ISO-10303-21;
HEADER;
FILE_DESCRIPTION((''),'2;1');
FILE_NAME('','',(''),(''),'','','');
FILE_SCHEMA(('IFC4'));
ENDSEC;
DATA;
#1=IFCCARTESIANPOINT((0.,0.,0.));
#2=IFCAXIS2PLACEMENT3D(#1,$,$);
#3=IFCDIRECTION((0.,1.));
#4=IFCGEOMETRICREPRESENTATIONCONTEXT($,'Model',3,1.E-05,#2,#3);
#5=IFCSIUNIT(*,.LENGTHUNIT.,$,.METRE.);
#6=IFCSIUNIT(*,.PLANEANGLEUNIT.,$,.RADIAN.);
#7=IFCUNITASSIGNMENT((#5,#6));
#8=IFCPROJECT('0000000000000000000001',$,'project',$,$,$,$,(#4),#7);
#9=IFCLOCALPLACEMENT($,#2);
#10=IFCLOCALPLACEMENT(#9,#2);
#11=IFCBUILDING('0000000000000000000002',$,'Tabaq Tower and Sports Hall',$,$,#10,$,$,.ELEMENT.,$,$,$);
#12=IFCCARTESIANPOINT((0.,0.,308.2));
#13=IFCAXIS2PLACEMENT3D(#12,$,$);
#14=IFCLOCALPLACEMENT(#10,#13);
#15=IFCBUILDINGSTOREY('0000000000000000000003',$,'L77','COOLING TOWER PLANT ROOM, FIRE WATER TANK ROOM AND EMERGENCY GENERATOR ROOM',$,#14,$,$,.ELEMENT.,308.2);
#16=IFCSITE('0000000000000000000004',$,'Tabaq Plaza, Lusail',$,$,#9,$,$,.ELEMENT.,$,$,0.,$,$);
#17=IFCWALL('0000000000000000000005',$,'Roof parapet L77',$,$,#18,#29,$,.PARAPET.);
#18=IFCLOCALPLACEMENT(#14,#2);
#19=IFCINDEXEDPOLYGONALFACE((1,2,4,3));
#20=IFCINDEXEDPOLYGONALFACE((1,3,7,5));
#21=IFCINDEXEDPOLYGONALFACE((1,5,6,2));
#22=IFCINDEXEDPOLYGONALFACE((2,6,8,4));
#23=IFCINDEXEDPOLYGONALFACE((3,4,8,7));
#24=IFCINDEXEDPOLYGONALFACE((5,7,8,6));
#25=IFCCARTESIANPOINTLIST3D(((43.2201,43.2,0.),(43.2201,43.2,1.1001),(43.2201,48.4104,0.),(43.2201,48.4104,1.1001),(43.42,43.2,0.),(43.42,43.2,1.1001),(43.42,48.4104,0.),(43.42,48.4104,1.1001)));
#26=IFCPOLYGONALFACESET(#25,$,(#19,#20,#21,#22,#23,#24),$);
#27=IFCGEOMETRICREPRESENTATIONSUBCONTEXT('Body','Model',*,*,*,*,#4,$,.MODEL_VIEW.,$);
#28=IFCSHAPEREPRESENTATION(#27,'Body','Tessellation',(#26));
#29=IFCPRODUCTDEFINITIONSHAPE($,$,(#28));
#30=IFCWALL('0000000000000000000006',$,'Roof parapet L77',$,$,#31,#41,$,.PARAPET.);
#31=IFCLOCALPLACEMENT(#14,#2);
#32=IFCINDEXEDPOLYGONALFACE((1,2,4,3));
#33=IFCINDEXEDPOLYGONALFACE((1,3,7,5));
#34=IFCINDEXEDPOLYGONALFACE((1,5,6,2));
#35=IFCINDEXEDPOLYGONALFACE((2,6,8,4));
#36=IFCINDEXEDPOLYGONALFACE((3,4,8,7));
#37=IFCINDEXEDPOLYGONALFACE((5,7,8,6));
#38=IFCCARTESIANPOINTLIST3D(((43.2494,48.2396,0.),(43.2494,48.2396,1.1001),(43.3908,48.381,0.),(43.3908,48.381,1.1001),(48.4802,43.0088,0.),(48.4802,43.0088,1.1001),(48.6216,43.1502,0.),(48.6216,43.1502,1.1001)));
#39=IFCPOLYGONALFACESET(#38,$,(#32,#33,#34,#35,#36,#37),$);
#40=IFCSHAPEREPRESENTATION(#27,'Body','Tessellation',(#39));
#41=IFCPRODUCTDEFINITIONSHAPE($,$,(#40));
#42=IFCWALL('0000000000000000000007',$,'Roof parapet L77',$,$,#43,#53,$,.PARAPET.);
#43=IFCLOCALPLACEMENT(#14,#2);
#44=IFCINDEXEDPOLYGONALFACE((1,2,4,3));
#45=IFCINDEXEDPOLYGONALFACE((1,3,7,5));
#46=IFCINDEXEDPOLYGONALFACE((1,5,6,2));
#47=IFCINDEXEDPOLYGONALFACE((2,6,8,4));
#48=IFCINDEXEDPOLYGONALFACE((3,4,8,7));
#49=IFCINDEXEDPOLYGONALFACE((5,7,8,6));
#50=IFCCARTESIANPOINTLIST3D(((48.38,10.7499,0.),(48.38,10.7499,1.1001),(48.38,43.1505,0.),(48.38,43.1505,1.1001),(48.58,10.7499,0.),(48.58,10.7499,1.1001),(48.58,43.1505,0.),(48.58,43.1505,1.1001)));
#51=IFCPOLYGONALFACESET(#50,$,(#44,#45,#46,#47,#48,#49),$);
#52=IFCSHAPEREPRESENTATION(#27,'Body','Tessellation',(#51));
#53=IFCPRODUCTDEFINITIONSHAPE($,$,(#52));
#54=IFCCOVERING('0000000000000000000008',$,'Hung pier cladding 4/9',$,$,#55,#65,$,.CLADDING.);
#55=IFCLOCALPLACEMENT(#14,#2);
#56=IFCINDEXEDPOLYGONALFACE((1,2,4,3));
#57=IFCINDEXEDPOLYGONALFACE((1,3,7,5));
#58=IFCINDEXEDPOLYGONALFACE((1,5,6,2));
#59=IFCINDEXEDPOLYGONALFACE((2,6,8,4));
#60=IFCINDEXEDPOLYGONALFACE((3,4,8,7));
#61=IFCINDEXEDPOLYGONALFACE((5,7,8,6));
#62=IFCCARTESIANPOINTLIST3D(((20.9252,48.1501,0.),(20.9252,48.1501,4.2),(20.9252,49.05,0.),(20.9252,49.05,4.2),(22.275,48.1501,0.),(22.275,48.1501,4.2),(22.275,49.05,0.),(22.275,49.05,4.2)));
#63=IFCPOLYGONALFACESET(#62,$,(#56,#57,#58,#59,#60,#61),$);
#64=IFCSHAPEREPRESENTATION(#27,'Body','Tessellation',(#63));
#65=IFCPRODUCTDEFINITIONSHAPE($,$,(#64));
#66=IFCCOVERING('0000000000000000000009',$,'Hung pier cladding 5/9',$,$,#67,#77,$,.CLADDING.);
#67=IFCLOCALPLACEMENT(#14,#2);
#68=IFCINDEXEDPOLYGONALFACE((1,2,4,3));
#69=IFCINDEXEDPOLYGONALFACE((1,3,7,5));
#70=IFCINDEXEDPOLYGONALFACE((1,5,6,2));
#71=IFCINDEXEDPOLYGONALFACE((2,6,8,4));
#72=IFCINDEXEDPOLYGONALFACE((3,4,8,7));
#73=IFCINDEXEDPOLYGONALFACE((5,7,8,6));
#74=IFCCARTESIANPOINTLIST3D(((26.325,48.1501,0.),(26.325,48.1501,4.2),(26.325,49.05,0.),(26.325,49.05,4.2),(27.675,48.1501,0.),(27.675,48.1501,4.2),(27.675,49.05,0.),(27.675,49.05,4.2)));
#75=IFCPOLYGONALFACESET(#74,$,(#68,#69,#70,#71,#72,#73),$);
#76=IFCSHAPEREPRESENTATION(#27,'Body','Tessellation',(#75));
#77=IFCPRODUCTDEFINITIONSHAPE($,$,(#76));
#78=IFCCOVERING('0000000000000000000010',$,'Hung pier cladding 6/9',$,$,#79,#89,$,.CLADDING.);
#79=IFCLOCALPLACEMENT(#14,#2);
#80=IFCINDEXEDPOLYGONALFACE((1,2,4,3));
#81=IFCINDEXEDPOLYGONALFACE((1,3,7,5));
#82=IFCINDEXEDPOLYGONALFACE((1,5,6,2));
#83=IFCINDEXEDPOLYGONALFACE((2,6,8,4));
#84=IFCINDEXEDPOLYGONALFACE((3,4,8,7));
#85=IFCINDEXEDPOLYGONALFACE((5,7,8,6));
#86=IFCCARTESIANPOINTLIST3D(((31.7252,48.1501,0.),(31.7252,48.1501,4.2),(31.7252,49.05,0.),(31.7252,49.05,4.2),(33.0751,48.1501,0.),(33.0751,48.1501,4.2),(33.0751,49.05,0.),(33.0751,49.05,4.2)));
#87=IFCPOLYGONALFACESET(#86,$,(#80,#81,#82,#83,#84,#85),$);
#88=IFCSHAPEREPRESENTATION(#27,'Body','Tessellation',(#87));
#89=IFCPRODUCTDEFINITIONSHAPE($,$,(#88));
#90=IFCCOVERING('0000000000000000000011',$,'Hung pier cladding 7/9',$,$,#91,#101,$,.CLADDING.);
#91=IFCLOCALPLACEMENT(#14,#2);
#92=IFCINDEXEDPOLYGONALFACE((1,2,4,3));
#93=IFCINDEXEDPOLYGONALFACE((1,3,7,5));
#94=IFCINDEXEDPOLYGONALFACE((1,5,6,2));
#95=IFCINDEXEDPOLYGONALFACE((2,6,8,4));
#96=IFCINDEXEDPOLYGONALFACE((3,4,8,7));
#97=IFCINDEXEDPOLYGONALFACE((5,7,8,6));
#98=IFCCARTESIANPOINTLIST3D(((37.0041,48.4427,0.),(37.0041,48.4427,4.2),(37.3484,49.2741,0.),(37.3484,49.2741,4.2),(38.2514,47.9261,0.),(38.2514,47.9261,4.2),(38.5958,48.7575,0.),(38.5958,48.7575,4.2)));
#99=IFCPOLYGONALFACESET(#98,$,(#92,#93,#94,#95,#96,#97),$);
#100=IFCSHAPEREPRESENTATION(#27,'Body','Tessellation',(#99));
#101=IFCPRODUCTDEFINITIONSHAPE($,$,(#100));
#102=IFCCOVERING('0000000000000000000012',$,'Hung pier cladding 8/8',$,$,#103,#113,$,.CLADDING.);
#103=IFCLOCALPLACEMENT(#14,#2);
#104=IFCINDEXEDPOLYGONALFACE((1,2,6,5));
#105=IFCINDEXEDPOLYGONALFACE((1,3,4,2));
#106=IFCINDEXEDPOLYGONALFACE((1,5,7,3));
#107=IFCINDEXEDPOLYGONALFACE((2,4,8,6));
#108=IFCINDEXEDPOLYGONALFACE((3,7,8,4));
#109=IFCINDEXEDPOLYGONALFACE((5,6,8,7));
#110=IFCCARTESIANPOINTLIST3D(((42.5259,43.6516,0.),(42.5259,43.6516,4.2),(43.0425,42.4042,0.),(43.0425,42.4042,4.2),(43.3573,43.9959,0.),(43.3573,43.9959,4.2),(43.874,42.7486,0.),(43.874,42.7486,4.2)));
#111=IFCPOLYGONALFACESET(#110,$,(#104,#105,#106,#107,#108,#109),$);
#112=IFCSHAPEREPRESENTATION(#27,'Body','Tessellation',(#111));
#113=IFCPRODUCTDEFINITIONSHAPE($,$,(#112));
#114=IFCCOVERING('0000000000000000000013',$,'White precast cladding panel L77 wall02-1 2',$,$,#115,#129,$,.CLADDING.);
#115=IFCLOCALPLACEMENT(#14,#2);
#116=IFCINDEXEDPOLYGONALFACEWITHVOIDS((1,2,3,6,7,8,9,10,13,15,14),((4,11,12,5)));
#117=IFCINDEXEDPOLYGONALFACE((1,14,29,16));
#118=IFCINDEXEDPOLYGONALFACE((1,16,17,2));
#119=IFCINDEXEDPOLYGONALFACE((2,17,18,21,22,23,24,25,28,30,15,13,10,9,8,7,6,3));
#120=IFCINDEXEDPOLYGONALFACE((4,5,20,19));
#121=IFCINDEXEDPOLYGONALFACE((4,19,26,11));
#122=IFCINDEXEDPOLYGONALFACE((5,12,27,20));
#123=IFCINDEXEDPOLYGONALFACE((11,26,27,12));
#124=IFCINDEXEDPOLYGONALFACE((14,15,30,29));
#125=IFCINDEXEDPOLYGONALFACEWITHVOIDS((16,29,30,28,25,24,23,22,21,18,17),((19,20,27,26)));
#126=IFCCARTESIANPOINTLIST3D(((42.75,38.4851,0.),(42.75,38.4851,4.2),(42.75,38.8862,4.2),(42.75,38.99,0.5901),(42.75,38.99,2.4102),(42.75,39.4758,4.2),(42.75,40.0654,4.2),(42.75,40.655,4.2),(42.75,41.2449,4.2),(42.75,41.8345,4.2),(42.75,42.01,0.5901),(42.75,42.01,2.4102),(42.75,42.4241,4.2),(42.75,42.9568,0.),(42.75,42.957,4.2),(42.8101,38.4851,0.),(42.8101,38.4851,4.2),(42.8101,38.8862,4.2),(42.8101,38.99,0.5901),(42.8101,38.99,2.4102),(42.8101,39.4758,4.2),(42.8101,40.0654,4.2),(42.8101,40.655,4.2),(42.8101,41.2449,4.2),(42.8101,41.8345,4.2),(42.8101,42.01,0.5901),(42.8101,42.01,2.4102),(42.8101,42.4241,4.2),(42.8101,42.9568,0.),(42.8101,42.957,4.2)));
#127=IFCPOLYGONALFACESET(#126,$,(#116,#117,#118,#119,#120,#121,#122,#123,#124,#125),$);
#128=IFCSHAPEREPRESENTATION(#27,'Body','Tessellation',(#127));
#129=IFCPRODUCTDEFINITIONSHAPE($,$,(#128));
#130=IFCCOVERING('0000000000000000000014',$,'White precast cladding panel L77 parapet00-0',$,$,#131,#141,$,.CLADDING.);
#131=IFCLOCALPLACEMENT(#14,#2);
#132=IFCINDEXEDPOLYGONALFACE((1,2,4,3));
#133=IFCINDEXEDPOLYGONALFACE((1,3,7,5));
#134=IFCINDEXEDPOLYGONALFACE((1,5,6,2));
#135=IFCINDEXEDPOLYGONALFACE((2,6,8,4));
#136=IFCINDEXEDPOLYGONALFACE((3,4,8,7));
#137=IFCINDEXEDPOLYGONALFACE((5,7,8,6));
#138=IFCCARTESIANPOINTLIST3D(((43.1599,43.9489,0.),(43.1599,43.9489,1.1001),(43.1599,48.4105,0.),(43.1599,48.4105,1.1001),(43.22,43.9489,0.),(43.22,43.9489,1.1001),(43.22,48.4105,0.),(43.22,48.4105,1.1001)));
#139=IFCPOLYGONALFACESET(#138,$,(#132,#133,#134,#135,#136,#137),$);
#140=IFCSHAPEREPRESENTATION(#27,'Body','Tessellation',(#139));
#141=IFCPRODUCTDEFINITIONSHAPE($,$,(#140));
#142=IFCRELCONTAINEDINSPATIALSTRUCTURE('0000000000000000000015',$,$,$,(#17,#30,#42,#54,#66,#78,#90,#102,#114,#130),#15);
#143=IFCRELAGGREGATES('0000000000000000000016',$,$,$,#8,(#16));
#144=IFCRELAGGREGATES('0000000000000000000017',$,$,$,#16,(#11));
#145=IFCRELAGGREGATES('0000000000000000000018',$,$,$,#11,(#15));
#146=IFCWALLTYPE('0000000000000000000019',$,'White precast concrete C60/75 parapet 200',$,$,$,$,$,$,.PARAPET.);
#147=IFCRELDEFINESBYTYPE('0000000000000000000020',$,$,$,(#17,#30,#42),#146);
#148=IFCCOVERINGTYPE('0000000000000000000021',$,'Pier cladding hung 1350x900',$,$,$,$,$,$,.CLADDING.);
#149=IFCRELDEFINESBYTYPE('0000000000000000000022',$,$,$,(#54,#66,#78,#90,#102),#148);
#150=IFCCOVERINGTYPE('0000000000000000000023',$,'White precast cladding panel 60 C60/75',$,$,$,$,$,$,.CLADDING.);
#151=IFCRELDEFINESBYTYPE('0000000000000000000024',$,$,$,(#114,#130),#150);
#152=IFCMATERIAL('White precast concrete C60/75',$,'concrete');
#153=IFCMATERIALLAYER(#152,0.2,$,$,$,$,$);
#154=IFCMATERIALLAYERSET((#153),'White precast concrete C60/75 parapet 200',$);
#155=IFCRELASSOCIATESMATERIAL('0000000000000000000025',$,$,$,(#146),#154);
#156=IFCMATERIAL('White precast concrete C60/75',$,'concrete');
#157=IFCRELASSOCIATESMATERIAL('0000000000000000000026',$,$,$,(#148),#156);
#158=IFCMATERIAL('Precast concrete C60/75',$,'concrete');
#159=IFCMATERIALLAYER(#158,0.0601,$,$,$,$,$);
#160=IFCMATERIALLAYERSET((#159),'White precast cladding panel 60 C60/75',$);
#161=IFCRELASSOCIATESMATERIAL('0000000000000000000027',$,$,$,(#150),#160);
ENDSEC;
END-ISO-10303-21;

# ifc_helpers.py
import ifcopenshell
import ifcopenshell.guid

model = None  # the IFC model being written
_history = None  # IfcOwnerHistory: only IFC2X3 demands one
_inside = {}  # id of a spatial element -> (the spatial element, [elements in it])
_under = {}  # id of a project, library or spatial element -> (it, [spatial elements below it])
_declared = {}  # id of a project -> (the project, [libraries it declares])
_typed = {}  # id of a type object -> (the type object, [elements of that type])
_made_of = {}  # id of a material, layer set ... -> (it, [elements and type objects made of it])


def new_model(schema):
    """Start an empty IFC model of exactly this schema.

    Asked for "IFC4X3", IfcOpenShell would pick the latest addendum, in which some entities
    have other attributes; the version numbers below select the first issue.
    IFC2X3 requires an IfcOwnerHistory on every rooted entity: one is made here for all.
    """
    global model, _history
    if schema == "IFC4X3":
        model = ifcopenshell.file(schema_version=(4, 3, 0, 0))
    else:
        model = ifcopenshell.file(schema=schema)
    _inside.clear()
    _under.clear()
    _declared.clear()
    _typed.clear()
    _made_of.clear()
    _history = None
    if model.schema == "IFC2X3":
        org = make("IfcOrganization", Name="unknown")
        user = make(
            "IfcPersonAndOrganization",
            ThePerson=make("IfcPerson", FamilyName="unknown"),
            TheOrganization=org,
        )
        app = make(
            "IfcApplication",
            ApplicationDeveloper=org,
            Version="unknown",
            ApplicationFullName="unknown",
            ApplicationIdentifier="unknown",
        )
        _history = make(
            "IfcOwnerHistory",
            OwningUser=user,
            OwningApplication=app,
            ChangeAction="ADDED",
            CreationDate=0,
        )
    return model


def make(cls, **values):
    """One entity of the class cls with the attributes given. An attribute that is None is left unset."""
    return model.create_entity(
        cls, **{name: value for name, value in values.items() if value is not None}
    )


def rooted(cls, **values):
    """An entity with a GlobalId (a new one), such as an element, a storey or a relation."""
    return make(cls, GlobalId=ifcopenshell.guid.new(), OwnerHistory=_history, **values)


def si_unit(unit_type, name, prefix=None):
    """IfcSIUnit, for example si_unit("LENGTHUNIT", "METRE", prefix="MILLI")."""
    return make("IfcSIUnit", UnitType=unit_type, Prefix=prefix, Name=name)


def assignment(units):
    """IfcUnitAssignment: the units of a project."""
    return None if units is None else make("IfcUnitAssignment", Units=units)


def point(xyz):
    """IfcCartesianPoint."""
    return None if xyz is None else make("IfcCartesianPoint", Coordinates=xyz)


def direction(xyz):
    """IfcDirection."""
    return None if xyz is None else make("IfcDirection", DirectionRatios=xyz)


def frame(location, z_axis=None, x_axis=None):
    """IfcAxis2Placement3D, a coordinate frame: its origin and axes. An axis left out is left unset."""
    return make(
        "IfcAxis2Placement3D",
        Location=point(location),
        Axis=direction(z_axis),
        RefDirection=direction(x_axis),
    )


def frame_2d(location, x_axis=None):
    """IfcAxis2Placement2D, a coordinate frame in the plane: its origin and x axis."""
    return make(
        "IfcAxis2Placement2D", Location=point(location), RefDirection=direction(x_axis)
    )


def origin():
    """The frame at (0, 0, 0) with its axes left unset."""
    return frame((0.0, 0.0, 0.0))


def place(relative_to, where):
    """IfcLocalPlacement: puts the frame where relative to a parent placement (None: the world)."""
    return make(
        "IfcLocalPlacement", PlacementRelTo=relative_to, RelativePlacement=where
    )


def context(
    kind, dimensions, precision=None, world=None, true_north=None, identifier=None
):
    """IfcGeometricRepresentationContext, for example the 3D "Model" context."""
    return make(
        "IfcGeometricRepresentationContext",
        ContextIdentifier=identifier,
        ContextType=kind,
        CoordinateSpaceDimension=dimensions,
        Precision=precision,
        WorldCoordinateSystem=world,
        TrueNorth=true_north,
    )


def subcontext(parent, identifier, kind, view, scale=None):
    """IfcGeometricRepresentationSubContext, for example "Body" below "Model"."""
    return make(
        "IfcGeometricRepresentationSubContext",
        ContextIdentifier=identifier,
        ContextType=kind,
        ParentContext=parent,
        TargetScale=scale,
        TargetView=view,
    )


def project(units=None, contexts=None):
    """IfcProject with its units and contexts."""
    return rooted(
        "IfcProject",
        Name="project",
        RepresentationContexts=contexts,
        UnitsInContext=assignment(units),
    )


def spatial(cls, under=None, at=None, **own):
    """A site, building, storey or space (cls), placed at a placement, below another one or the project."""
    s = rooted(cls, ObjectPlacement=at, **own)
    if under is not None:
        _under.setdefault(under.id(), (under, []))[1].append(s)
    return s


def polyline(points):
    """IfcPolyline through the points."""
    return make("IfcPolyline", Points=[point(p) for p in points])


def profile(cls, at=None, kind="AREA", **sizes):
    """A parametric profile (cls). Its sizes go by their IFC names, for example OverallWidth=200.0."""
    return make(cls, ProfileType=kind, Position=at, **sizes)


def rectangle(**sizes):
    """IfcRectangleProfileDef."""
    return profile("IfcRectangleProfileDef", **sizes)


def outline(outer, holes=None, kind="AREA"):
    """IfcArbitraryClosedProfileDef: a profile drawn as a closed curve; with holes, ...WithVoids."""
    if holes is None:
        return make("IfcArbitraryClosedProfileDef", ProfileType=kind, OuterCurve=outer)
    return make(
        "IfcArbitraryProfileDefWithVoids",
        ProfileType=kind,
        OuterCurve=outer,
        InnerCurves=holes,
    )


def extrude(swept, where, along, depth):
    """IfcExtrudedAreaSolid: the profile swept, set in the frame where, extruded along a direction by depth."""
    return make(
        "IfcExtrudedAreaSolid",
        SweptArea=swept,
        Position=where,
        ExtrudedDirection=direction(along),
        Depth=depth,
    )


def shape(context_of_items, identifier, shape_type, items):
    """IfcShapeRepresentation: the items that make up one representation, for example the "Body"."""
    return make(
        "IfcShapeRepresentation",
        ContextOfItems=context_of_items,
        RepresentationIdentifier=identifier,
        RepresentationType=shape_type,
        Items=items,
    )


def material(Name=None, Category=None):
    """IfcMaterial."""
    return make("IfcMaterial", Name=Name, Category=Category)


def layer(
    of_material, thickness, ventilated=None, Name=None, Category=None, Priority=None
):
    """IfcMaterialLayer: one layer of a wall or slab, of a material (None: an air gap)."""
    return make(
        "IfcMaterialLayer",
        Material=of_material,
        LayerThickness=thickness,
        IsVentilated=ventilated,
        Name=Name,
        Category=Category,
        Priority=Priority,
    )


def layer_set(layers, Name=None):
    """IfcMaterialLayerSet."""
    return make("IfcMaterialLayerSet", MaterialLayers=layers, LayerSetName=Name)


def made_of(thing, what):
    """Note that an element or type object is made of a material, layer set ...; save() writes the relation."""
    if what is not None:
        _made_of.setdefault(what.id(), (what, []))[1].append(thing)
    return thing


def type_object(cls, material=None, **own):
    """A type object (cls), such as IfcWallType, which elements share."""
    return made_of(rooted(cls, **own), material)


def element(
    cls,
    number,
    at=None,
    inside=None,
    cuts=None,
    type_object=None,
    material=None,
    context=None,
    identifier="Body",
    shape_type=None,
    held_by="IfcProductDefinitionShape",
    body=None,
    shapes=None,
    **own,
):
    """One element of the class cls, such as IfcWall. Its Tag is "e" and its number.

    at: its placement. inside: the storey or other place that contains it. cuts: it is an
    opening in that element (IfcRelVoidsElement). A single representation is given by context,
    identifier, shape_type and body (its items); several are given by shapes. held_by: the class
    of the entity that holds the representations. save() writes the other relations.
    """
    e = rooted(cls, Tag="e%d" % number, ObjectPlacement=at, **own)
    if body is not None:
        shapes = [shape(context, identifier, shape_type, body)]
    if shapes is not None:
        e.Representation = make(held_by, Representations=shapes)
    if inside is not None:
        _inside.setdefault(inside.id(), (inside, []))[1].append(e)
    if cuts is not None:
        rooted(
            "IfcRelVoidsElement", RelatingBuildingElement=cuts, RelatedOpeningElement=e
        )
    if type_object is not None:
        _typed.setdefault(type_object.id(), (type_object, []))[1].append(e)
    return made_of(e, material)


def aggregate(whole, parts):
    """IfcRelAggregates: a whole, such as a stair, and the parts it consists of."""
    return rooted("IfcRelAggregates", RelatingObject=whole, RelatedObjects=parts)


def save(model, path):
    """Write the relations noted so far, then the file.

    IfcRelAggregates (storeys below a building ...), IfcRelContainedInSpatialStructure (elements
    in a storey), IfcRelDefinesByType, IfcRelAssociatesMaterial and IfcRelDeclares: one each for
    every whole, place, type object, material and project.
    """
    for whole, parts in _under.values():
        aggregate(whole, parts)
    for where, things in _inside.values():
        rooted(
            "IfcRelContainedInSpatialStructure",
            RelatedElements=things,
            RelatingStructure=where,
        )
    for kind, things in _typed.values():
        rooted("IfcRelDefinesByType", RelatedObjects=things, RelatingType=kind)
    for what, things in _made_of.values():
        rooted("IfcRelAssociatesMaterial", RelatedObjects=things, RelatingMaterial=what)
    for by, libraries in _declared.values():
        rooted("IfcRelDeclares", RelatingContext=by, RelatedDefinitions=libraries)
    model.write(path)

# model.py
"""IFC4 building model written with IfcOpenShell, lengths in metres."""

from ifc_helpers import new_model, si_unit, direction, frame, frame_2d, origin, place, context, subcontext, project, spatial, polyline, rectangle, outline, extrude, material, layer, layer_set, type_object, element, save


model = new_model("IFC4")

# Units and contexts
model_context = context("Model", 3, precision=1e-05, world=origin(), true_north=direction((0.0, 1.0)))
body_context = subcontext(model_context, "Body", "Model", "MODEL_VIEW")
ifc_project = project(units=[si_unit("LENGTHUNIT", "METRE"), si_unit("PLANEANGLEUNIT", "RADIAN")], contexts=[model_context])

# Site, building, storey
site_placement = place(None, origin())
site = spatial("IfcSite", under=ifc_project, at=site_placement, Name="Tabaq Plaza, Lusail", CompositionType="ELEMENT", RefElevation=0.0)
building_placement = place(site_placement, origin())
building = spatial("IfcBuilding", under=site, at=building_placement, Name="Tabaq Tower and Sports Hall", CompositionType="ELEMENT")
storey_placement = place(building_placement, frame((0.0, 0.0, 308.2)))
storey = spatial("IfcBuildingStorey", under=building, at=storey_placement, Name="L77", Description="COOLING TOWER PLANT ROOM, FIRE WATER TANK ROOM AND EMERGENCY GENERATOR ROOM", CompositionType="ELEMENT", Elevation=308.2)

# Walls
ifc_material_1 = material(Name="White precast concrete C60/75", Category="concrete")
ifc_layer_1 = layer(ifc_material_1, 0.2)
ifc_layer_set_1 = layer_set([ifc_layer_1], Name="White precast concrete C60/75 parapet 200")
wall_type_1 = type_object("IfcWallType", Name="White precast concrete C60/75 parapet 200", PredefinedType="PARAPET", material=ifc_layer_set_1)
wall_1_placement = place(storey_placement, frame((43.3201, 43.2, 0.0), z_axis=(0.0, 0.0, 1.0), x_axis=(0.0, 1.0, 0.0)))
element("IfcWall", 1, at=wall_1_placement, inside=storey, type_object=wall_type_1, Name="Roof parapet L77", PredefinedType="PARAPET", context=body_context, shape_type="SweptSolid", body=[
    extrude(rectangle(XDim=5.2104, YDim=0.2, at=frame_2d((2.6052, 0.0))), origin(), (0.0, 0.0, 1.0), 1.1001),
])
wall_2_placement = place(storey_placement, frame((43.3201, 48.3103, 0.0), z_axis=(0.0, 0.0, 1.0), x_axis=(0.707107, -0.707107, 0.0)))
element("IfcWall", 2, at=wall_2_placement, inside=storey, type_object=wall_type_1, Name="Roof parapet L77", PredefinedType="PARAPET", context=body_context, shape_type="SweptSolid", body=[
    extrude(rectangle(XDim=7.3975, YDim=0.2, at=frame_2d((3.6987, 0.0))), origin(), (0.0, 0.0, 1.0), 1.1001),
])
wall_3_placement = place(storey_placement, frame((48.48, 43.1504, 0.0), z_axis=(0.0, 0.0, 1.0), x_axis=(0.0, -1.0, 0.0)))
element("IfcWall", 3, at=wall_3_placement, inside=storey, type_object=wall_type_1, Name="Roof parapet L77", PredefinedType="PARAPET", context=body_context, shape_type="SweptSolid", body=[
    extrude(rectangle(XDim=32.4006, YDim=0.2, at=frame_2d((16.2002, 0.0))), origin(), (0.0, 0.0, 1.0), 1.1001),
])

# Coverings
ifc_material_2 = material(Name="White precast concrete C60/75", Category="concrete")
covering_type_1 = type_object("IfcCoveringType", Name="Pier cladding hung 1350x900", PredefinedType="CLADDING", material=ifc_material_2)
covering_1_placement = place(storey_placement, frame((22.2749, 48.6001, 0.0), z_axis=(0.0, 0.0, 1.0), x_axis=(-1.0, 0.0, 0.0)))
element("IfcCovering", 4, at=covering_1_placement, inside=storey, type_object=covering_type_1, Name="Hung pier cladding 4/9", PredefinedType="CLADDING", context=body_context, shape_type="SweptSolid", body=[
    extrude(rectangle(XDim=1.3499, YDim=0.8999, at=frame_2d((0.6748, 0.0))), origin(), (0.0, 0.0, 1.0), 4.2),
])
covering_2_placement = place(storey_placement, frame((27.675, 48.6001, 0.0), z_axis=(0.0, 0.0, 1.0), x_axis=(-1.0, 0.0, 0.0)))
element("IfcCovering", 5, at=covering_2_placement, inside=storey, type_object=covering_type_1, Name="Hung pier cladding 5/9", PredefinedType="CLADDING", context=body_context, shape_type="SweptSolid", body=[
    extrude(rectangle(XDim=1.3501, YDim=0.8999, at=frame_2d((0.675, 0.0))), origin(), (0.0, 0.0, 1.0), 4.2),
])
covering_3_placement = place(storey_placement, frame((33.075, 48.6001, 0.0), z_axis=(0.0, 0.0, 1.0), x_axis=(-1.0, 0.0, 0.0)))
element("IfcCovering", 6, at=covering_3_placement, inside=storey, type_object=covering_type_1, Name="Hung pier cladding 6/9", PredefinedType="CLADDING", context=body_context, shape_type="SweptSolid", body=[
    extrude(rectangle(XDim=1.3499, YDim=0.8999, at=frame_2d((0.6748, 0.0))), origin(), (0.0, 0.0, 1.0), 4.2),
])
for number, where, z_axis, x_axis, name in (
    (7, (38.4236, 48.3418, 0.0), (0.0, 0.0, 1.0), (-0.923893, 0.38265, 0.0), "Hung pier cladding 7/9"),
    (8, (43.4583, 42.5764, 0.0), (0.0, 0.0, 1.0), (-0.38265, 0.923893, 0.0), "Hung pier cladding 8/8"),
):
    element("IfcCovering", number, at=place(storey_placement, frame(where, z_axis=z_axis, x_axis=x_axis)), inside=storey, type_object=covering_type_1, Name=name, PredefinedType="CLADDING", context=body_context, shape_type="SweptSolid", body=[
        extrude(rectangle(XDim=1.3501, YDim=0.8999, at=frame_2d((0.675, 0.0))), origin(), (0.0, 0.0, 1.0), 4.2),
    ])
ifc_material_3 = material(Name="Precast concrete C60/75", Category="concrete")
ifc_layer_2 = layer(ifc_material_3, 0.0601)
ifc_layer_set_2 = layer_set([ifc_layer_2], Name="White precast cladding panel 60 C60/75")
covering_type_2 = type_object("IfcCoveringType", Name="White precast cladding panel 60 C60/75", PredefinedType="CLADDING", material=ifc_layer_set_2)
covering_4_placement = place(storey_placement, frame((42.78, 38.4851, 0.0), z_axis=(0.0, 0.0, 1.0), x_axis=(0.0, 1.0, 0.0)))
element("IfcCovering", 9, at=covering_4_placement, inside=storey, type_object=covering_type_2, Name="White precast cladding panel L77 wall02-1 2", PredefinedType="CLADDING", context=body_context, shape_type="SweptSolid", body=[
    extrude(outline(polyline([(0.0, 0.0), (4.4717, 0.0), (4.4719, 4.2), (3.939, 4.2), (3.3494, 4.2), (2.7598, 4.2), (2.1699, 4.2), (1.5803, 4.2), (0.9907, 4.2), (0.4011, 4.2), (0.0, 4.2), (0.0, 0.0)]), holes=[polyline([(0.5049, 0.5901), (0.5049, 2.4102), (3.5249, 2.4102), (3.5249, 0.5901), (0.5049, 0.5901)])]), frame((0.0, 0.03, 0.0), z_axis=(0.0, -1.0, 0.0), x_axis=(1.0, 0.0, 0.0)), (0.0, 0.0, 1.0), 0.0601),
])
covering_5_placement = place(storey_placement, frame((43.1899, 43.9487, 0.0), z_axis=(0.0, 0.0, 1.0), x_axis=(0.0, 1.0, 0.0)))
element("IfcCovering", 10, at=covering_5_placement, inside=storey, type_object=covering_type_2, Name="White precast cladding panel L77 parapet00-0", PredefinedType="CLADDING", context=body_context, shape_type="SweptSolid", body=[
    extrude(rectangle(XDim=4.4617, YDim=0.0601, at=frame_2d((2.231, 0.0))), origin(), (0.0, 0.0, 1.0), 1.1001),
])

save(model, "model.ifc")
